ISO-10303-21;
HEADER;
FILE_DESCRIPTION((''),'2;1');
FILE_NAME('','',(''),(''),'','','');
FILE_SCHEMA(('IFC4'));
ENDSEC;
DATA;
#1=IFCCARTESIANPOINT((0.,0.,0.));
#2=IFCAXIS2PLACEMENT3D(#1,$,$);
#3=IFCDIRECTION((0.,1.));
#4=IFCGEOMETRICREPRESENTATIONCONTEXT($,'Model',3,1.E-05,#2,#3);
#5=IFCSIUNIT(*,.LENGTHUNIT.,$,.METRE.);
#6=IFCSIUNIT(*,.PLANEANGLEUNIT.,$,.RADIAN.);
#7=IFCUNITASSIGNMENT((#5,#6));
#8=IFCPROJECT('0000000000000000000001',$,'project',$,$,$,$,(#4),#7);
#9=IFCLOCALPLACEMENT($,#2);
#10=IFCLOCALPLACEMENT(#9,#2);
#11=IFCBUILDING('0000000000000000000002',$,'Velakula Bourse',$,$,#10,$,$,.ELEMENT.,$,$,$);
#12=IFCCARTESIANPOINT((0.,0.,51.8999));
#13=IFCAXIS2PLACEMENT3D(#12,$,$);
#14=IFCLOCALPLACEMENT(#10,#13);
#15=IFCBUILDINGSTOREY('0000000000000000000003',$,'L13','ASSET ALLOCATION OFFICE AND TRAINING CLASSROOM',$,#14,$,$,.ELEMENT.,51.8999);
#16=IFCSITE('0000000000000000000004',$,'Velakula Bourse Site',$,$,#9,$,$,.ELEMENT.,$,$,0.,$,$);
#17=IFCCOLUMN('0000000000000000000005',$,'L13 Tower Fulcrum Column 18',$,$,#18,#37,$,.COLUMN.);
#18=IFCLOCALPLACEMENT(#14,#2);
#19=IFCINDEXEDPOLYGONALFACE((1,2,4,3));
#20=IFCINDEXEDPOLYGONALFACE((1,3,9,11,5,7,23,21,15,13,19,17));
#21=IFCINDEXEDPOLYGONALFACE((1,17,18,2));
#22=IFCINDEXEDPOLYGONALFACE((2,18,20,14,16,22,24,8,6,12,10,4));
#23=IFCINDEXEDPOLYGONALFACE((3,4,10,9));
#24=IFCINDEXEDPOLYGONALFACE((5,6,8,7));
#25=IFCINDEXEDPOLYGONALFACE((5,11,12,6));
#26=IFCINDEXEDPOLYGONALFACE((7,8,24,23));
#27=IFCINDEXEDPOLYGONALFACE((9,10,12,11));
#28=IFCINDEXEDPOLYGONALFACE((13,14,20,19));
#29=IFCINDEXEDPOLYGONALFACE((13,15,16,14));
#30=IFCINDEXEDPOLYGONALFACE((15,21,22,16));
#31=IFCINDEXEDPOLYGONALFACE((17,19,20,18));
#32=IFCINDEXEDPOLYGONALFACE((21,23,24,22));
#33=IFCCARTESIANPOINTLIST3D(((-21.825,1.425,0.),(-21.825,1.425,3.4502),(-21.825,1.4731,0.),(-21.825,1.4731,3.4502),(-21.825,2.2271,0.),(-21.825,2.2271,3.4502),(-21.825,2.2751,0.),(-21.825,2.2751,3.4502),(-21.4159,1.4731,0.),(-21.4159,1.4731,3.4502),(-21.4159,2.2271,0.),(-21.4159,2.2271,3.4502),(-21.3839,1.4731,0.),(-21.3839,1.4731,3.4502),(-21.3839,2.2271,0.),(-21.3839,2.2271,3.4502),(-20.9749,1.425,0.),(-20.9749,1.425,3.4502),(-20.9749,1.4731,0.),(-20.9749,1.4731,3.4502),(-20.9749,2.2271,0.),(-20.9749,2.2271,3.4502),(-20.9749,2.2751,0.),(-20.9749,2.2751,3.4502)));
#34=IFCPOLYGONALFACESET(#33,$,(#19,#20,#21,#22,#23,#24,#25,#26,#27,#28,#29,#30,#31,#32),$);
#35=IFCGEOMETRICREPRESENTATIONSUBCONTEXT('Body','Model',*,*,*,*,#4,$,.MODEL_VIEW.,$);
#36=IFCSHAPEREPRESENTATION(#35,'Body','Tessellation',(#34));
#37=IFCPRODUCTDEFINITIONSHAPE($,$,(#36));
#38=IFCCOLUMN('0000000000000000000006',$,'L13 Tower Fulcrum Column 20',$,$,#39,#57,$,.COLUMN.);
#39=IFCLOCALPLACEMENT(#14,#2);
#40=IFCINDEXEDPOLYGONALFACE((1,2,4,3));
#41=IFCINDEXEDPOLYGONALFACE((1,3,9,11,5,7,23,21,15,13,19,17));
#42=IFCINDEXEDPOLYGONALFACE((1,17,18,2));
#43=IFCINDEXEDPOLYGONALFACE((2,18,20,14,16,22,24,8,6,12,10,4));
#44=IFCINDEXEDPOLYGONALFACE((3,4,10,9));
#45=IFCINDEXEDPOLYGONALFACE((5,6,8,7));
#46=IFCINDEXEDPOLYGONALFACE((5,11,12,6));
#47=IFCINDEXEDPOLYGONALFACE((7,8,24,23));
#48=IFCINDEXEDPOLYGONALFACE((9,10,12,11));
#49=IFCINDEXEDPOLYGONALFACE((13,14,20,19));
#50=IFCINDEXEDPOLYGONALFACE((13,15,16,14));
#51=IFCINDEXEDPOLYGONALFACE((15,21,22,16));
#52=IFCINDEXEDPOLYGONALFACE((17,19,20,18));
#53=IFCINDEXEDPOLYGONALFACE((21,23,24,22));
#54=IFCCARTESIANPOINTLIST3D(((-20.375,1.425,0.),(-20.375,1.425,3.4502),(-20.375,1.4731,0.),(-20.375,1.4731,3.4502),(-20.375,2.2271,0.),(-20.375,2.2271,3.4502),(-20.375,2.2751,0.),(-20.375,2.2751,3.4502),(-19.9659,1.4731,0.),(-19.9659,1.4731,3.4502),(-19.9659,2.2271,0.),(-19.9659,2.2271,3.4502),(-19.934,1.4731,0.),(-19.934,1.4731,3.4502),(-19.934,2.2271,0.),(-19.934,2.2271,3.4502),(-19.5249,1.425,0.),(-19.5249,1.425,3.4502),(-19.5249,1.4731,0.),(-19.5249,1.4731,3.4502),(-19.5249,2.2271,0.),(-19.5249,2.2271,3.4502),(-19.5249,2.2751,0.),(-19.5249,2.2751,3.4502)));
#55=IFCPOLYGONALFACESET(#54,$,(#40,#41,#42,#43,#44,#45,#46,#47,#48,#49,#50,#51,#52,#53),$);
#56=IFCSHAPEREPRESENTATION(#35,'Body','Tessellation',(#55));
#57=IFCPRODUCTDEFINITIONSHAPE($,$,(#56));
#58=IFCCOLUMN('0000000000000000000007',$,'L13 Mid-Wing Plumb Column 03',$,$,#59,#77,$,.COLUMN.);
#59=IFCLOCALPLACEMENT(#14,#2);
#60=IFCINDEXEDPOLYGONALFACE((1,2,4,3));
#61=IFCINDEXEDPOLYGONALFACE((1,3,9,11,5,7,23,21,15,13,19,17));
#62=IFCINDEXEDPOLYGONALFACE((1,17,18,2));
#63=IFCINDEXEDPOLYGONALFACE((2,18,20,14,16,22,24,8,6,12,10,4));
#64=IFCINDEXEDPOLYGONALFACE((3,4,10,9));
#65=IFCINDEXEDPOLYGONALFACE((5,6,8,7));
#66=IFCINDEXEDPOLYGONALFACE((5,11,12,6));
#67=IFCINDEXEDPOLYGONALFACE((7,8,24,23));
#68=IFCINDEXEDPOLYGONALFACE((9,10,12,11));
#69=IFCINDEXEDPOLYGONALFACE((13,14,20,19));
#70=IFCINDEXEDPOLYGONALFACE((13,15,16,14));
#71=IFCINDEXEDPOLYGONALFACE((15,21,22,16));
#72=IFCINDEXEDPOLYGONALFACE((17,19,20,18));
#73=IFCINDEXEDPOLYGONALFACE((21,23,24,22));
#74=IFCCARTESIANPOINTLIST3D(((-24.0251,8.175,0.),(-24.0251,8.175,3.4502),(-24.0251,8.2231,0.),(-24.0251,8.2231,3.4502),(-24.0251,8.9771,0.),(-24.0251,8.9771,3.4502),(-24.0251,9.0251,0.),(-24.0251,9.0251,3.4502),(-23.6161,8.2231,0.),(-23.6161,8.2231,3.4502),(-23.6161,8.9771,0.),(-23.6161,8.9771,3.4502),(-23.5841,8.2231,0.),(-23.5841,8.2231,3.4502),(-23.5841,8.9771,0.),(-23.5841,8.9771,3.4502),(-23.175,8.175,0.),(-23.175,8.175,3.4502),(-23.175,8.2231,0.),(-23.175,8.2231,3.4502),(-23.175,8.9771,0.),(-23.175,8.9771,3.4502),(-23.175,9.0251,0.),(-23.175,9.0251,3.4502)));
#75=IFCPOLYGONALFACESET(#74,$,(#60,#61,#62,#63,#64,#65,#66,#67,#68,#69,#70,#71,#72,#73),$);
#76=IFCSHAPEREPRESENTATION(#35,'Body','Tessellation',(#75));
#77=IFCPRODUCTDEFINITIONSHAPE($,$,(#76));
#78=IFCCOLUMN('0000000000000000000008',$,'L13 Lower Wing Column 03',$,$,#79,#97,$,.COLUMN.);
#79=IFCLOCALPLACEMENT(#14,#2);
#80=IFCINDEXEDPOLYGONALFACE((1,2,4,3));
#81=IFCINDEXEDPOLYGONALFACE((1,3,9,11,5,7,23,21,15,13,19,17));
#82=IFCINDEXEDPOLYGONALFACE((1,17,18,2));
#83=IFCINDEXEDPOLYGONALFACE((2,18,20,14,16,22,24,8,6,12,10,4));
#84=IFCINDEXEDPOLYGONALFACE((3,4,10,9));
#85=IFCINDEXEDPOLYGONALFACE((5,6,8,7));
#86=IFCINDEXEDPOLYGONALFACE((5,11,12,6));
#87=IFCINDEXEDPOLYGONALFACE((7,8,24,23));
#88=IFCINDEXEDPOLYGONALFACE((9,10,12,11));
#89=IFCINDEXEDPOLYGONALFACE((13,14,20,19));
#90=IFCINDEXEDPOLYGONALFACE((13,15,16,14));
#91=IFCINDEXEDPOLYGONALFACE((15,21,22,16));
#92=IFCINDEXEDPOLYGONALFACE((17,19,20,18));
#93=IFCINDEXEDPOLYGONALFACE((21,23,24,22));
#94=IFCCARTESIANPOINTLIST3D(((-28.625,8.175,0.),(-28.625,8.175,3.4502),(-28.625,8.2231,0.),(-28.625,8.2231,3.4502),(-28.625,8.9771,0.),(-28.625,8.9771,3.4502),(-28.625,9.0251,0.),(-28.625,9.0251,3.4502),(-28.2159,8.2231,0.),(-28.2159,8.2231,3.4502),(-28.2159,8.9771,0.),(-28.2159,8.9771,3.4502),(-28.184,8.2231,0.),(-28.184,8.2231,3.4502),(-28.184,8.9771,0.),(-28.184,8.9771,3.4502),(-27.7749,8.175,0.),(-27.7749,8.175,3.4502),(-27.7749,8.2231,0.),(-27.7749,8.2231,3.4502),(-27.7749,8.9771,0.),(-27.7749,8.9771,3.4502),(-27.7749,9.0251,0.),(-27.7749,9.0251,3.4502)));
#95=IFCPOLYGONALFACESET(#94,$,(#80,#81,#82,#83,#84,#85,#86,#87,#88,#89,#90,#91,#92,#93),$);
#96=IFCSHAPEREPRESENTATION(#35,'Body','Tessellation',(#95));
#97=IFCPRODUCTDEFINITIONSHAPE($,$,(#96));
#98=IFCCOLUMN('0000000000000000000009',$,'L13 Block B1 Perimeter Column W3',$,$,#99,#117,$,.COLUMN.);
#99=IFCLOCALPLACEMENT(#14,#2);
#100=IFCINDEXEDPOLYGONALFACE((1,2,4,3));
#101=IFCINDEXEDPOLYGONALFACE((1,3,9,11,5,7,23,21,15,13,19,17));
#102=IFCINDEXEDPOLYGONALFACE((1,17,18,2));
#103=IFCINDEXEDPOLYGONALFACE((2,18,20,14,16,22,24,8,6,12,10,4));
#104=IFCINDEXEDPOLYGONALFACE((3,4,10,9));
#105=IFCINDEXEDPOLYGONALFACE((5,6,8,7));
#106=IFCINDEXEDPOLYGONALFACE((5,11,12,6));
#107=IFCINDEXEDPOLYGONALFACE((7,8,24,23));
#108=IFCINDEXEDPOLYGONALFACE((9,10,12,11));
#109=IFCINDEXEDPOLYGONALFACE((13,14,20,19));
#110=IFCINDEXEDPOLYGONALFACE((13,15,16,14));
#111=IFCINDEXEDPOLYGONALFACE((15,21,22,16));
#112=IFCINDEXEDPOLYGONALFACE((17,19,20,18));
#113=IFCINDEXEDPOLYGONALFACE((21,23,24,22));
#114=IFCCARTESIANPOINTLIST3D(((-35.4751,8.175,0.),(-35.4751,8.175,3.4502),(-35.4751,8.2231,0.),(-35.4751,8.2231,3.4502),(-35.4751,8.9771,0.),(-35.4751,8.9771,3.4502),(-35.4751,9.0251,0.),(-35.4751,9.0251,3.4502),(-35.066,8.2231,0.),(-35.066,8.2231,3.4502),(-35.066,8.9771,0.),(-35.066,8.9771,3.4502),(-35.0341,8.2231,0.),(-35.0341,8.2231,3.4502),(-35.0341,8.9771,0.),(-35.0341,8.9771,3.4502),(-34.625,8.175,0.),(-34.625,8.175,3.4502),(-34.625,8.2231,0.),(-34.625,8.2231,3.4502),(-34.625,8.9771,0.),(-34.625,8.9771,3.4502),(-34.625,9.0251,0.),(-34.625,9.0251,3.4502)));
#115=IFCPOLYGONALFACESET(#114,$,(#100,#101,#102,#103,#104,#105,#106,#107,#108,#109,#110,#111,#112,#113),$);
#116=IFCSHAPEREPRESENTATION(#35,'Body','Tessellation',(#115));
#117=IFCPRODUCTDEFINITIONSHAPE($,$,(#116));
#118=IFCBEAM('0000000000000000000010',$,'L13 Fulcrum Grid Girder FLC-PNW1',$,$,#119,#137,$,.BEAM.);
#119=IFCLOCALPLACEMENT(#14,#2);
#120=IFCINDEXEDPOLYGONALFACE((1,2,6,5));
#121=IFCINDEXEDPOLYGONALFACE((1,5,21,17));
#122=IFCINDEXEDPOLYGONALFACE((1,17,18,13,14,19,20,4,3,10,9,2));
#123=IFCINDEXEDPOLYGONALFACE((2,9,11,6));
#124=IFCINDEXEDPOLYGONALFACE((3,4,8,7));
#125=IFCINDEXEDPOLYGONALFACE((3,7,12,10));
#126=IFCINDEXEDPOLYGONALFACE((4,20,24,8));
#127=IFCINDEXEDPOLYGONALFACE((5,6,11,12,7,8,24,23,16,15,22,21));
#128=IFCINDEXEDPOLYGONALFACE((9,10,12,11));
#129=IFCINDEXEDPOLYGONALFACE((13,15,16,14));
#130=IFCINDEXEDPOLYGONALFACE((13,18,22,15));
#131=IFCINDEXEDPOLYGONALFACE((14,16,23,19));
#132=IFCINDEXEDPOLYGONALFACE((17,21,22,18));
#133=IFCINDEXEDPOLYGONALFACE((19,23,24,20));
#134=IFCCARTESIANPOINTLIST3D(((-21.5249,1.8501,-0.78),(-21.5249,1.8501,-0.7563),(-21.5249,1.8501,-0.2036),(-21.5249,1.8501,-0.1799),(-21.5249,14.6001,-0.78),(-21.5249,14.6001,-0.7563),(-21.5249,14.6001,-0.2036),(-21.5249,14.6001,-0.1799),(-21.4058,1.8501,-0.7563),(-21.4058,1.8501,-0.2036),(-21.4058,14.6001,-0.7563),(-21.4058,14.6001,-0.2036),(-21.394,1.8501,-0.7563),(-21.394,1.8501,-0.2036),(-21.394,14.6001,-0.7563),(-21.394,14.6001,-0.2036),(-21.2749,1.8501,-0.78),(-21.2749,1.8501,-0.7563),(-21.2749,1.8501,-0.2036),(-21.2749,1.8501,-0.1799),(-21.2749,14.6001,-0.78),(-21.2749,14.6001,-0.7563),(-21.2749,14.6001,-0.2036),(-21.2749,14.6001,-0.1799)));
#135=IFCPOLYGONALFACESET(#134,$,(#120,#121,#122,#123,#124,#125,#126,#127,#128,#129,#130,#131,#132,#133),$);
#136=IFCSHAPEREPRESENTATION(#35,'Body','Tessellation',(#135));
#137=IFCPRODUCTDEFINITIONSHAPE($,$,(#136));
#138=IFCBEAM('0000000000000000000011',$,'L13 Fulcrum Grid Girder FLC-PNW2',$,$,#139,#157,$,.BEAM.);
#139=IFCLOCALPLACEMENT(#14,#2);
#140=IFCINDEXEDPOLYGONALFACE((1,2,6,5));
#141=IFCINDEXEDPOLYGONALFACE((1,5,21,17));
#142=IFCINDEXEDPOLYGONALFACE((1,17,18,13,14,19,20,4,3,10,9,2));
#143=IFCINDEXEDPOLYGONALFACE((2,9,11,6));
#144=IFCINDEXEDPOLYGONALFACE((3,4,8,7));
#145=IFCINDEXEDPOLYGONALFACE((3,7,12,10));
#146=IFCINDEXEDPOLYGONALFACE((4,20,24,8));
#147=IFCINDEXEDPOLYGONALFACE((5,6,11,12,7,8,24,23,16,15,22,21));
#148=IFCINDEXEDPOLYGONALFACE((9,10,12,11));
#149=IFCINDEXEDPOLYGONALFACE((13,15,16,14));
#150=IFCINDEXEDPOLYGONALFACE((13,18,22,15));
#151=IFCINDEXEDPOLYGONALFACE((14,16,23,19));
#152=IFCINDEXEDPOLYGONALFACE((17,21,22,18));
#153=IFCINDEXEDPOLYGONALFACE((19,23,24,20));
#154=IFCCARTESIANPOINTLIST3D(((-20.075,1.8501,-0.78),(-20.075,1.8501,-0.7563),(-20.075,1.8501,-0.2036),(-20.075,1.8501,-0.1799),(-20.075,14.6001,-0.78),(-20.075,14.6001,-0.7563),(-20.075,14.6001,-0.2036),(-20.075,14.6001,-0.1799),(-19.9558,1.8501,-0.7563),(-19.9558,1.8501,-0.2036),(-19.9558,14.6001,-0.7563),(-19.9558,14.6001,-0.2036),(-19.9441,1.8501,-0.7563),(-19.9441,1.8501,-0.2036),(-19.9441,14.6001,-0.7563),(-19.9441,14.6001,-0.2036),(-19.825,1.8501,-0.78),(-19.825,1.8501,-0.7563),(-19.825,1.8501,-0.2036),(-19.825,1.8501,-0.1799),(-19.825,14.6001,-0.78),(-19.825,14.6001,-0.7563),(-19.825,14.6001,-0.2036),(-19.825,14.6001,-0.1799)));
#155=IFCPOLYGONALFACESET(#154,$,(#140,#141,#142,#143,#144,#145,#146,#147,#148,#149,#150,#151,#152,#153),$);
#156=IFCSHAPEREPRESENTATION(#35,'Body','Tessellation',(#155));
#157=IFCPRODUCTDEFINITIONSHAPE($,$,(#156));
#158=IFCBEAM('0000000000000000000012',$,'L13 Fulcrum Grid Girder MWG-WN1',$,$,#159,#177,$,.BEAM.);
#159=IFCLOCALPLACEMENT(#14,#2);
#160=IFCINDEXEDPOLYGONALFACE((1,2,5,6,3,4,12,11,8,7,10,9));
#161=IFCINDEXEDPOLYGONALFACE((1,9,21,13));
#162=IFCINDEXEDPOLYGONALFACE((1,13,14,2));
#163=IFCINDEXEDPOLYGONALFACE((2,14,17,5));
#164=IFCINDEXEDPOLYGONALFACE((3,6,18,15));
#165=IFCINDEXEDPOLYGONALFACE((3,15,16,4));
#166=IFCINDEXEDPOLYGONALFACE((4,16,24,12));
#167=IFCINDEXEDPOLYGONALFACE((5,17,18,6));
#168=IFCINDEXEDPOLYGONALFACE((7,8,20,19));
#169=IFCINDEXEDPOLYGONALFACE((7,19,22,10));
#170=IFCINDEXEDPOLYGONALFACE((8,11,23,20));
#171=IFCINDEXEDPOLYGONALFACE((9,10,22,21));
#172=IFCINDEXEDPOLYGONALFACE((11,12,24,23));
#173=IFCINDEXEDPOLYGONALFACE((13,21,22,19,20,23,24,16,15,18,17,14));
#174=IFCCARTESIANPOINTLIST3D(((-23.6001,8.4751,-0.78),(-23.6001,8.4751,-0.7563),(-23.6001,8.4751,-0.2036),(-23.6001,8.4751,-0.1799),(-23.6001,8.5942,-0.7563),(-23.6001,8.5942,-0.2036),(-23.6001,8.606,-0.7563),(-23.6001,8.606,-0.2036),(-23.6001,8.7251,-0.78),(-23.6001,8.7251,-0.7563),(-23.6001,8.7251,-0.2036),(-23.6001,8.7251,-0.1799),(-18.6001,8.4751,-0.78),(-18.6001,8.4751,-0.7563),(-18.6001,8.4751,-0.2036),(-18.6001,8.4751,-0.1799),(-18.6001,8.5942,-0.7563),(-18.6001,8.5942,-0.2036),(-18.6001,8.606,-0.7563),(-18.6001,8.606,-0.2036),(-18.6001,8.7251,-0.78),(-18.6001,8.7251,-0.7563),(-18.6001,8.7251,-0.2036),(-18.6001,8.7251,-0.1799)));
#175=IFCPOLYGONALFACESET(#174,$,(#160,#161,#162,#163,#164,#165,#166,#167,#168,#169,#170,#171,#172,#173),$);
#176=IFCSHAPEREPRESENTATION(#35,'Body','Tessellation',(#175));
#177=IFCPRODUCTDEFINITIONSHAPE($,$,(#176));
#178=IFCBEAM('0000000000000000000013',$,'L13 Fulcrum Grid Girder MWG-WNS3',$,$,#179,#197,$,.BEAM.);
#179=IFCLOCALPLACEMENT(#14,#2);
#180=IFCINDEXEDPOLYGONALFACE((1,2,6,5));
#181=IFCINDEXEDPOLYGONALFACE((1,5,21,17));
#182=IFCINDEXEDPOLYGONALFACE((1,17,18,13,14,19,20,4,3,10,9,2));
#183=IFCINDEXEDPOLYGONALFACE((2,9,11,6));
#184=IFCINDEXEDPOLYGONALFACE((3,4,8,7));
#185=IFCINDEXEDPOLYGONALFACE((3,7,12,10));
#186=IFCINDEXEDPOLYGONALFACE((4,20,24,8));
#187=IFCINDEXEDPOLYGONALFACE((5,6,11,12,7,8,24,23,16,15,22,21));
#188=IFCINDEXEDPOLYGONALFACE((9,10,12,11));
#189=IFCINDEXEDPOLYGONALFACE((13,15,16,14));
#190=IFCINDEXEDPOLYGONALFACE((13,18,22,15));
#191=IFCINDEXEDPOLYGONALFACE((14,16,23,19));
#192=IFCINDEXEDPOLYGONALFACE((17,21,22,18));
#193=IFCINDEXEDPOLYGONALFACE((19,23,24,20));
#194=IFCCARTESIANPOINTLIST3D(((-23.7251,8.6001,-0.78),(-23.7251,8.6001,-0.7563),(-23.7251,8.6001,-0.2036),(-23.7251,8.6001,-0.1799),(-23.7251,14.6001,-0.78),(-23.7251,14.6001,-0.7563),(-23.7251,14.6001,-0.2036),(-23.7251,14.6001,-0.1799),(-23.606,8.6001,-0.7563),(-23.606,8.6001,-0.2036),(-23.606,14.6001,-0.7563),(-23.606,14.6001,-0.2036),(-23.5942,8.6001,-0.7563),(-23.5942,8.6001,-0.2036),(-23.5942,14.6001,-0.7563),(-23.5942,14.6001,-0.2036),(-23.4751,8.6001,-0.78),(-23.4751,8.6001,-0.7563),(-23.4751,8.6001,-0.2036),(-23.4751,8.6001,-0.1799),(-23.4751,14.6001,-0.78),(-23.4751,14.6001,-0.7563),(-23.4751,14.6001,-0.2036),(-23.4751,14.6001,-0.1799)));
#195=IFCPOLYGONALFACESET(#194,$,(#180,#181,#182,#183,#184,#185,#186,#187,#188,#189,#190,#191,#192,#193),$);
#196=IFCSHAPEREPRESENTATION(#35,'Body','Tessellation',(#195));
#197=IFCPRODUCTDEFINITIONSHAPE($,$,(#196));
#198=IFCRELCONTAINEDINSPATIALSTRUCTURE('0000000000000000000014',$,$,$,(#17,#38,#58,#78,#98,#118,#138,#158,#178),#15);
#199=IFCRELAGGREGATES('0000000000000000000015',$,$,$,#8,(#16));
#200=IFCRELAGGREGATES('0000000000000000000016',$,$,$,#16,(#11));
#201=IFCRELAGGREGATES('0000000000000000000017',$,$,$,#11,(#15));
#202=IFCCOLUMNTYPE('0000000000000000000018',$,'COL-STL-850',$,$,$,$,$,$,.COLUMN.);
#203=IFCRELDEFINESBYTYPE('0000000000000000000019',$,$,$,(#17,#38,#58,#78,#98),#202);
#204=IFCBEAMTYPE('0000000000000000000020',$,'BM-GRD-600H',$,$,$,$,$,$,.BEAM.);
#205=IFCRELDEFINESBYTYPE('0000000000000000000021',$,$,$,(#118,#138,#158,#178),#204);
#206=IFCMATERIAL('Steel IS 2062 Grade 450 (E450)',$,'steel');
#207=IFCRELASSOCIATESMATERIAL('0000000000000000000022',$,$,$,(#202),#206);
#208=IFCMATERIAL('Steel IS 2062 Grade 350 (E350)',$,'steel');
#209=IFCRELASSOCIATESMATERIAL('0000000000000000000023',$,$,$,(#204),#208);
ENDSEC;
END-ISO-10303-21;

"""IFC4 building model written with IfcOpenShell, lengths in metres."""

from ifc_helpers import new_model, si_unit, direction, frame, origin, origin_2d, place, context, subcontext, project, spatial, i_section, extrude, material, material_profile, profile_set, type_object, element, save


model = new_model("IFC4")

# Units and contexts
model_context = context("Model", 3, precision=1e-05, world=origin(), true_north=direction((0.0, 1.0)))
body_context = subcontext(model_context, "Body", "Model", "MODEL_VIEW")
ifc_project = project(units=[si_unit("LENGTHUNIT", "METRE"), si_unit("PLANEANGLEUNIT", "RADIAN")], contexts=[model_context])

# Site, building, storey
site_placement = place(None, origin())
site = spatial("IfcSite", under=ifc_project, at=site_placement, Name="Velakula Bourse Site", CompositionType="ELEMENT", RefElevation=0.0)
building_placement = place(site_placement, origin())
building = spatial("IfcBuilding", under=site, at=building_placement, Name="Velakula Bourse", CompositionType="ELEMENT")
storey_placement = place(building_placement, frame((0.0, 0.0, 51.8999)))
storey = spatial("IfcBuildingStorey", under=building, at=storey_placement, Name="L13", Description="ASSET ALLOCATION OFFICE AND TRAINING CLASSROOM", CompositionType="ELEMENT", Elevation=51.8999)

# Columns
ifc_material_1 = material(Name="Steel IS 2062 Grade 450 (E450)", Category="steel")
ifc_material_profile_1 = material_profile(ifc_material_1, i_section(OverallWidth=0.8501, OverallDepth=0.8501, WebThickness=0.032, FlangeThickness=0.0481, at=origin_2d()), Name="Steel IS 2062 Grade 450 (E450)")
ifc_profile_set_1 = profile_set([ifc_material_profile_1], Name="Steel IS 2062 Grade 450 (E450)")
column_type = type_object("IfcColumnType", Name="COL-STL-850", PredefinedType="COLUMN", material=ifc_profile_set_1)
for number, where, z_axis, x_axis, name in (
    (1, (-21.3999, 1.8501, 0.0), (0.0, 0.0, 1.0), (1.0, 0.0, 0.0), "L13 Tower Fulcrum Column 18"),
    (2, (-19.95, 1.8501, 0.0), (0.0, 0.0, 1.0), (1.0, 0.0, 0.0), "L13 Tower Fulcrum Column 20"),
    (3, (-23.6001, 8.6001, 0.0), (0.0, 0.0, 1.0), (1.0, 0.0, 0.0), "L13 Mid-Wing Plumb Column 03"),
    (4, (-28.2, 8.6001, 0.0), (0.0, 0.0, 1.0), (1.0, 0.0, 0.0), "L13 Lower Wing Column 03"),
    (5, (-35.05, 8.6001, 0.0), (0.0, 0.0, 1.0), (1.0, 0.0, 0.0), "L13 Block B1 Perimeter Column W3"),
):
    element("IfcColumn", number, at=place(storey_placement, frame(where, z_axis=z_axis, x_axis=x_axis)), inside=storey, type_object=column_type, Name=name, PredefinedType="COLUMN", context=body_context, shape_type="SweptSolid", body=[
        extrude(i_section(OverallWidth=0.8501, OverallDepth=0.8501, WebThickness=0.032, FlangeThickness=0.0481, at=origin_2d()), origin(), (0.0, 0.0, 1.0), 3.4502),
    ])

# Beams
ifc_material_2 = material(Name="Steel IS 2062 Grade 350 (E350)", Category="steel")
ifc_material_profile_2 = material_profile(ifc_material_2, i_section(OverallWidth=0.25, OverallDepth=0.6001, WebThickness=0.0117, FlangeThickness=0.0237, at=origin_2d()), Name="Steel IS 2062 Grade 350 (E350)")
ifc_profile_set_2 = profile_set([ifc_material_profile_2], Name="Steel IS 2062 Grade 350 (E350)")
beam_type_1 = type_object("IfcBeamType", Name="BM-GRD-600H", PredefinedType="BEAM", material=ifc_profile_set_2)
for number, where, z_axis, x_axis, name in (
    (6, (-21.3999, 1.8501, -0.48), (0.0, 1.0, 0.0), (-1.0, 0.0, 0.0), "L13 Fulcrum Grid Girder FLC-PNW1"),
    (7, (-19.95, 1.8501, -0.48), (0.0, 1.0, 0.0), (-1.0, 0.0, 0.0), "L13 Fulcrum Grid Girder FLC-PNW2"),
):
    element("IfcBeam", number, at=place(storey_placement, frame(where, z_axis=z_axis, x_axis=x_axis)), inside=storey, type_object=beam_type_1, Name=name, PredefinedType="BEAM", context=body_context, shape_type="SweptSolid", body=[
        extrude(i_section(OverallWidth=0.25, OverallDepth=0.6001, WebThickness=0.0117, FlangeThickness=0.0237, at=origin_2d()), origin(), (0.0, 0.0, 1.0), 12.75),
    ])
beam_1_placement = place(storey_placement, frame((-23.6001, 8.6001, -0.48), z_axis=(1.0, 0.0, 0.0), x_axis=(0.0, 1.0, 0.0)))
element("IfcBeam", 8, at=beam_1_placement, inside=storey, type_object=beam_type_1, Name="L13 Fulcrum Grid Girder MWG-WN1", PredefinedType="BEAM", context=body_context, shape_type="SweptSolid", body=[
    extrude(i_section(OverallWidth=0.25, OverallDepth=0.6001, WebThickness=0.0117, FlangeThickness=0.0237, at=origin_2d()), origin(), (0.0, 0.0, 1.0), 5.0),
])
beam_2_placement = place(storey_placement, frame((-23.6001, 8.6001, -0.48), z_axis=(0.0, 1.0, 0.0), x_axis=(-1.0, 0.0, 0.0)))
element("IfcBeam", 9, at=beam_2_placement, inside=storey, type_object=beam_type_1, Name="L13 Fulcrum Grid Girder MWG-WNS3", PredefinedType="BEAM", context=body_context, shape_type="SweptSolid", body=[
    extrude(i_section(OverallWidth=0.25, OverallDepth=0.6001, WebThickness=0.0117, FlangeThickness=0.0237, at=origin_2d()), origin(), (0.0, 0.0, 1.0), 6.0),
])

save(model, "model.ifc")
